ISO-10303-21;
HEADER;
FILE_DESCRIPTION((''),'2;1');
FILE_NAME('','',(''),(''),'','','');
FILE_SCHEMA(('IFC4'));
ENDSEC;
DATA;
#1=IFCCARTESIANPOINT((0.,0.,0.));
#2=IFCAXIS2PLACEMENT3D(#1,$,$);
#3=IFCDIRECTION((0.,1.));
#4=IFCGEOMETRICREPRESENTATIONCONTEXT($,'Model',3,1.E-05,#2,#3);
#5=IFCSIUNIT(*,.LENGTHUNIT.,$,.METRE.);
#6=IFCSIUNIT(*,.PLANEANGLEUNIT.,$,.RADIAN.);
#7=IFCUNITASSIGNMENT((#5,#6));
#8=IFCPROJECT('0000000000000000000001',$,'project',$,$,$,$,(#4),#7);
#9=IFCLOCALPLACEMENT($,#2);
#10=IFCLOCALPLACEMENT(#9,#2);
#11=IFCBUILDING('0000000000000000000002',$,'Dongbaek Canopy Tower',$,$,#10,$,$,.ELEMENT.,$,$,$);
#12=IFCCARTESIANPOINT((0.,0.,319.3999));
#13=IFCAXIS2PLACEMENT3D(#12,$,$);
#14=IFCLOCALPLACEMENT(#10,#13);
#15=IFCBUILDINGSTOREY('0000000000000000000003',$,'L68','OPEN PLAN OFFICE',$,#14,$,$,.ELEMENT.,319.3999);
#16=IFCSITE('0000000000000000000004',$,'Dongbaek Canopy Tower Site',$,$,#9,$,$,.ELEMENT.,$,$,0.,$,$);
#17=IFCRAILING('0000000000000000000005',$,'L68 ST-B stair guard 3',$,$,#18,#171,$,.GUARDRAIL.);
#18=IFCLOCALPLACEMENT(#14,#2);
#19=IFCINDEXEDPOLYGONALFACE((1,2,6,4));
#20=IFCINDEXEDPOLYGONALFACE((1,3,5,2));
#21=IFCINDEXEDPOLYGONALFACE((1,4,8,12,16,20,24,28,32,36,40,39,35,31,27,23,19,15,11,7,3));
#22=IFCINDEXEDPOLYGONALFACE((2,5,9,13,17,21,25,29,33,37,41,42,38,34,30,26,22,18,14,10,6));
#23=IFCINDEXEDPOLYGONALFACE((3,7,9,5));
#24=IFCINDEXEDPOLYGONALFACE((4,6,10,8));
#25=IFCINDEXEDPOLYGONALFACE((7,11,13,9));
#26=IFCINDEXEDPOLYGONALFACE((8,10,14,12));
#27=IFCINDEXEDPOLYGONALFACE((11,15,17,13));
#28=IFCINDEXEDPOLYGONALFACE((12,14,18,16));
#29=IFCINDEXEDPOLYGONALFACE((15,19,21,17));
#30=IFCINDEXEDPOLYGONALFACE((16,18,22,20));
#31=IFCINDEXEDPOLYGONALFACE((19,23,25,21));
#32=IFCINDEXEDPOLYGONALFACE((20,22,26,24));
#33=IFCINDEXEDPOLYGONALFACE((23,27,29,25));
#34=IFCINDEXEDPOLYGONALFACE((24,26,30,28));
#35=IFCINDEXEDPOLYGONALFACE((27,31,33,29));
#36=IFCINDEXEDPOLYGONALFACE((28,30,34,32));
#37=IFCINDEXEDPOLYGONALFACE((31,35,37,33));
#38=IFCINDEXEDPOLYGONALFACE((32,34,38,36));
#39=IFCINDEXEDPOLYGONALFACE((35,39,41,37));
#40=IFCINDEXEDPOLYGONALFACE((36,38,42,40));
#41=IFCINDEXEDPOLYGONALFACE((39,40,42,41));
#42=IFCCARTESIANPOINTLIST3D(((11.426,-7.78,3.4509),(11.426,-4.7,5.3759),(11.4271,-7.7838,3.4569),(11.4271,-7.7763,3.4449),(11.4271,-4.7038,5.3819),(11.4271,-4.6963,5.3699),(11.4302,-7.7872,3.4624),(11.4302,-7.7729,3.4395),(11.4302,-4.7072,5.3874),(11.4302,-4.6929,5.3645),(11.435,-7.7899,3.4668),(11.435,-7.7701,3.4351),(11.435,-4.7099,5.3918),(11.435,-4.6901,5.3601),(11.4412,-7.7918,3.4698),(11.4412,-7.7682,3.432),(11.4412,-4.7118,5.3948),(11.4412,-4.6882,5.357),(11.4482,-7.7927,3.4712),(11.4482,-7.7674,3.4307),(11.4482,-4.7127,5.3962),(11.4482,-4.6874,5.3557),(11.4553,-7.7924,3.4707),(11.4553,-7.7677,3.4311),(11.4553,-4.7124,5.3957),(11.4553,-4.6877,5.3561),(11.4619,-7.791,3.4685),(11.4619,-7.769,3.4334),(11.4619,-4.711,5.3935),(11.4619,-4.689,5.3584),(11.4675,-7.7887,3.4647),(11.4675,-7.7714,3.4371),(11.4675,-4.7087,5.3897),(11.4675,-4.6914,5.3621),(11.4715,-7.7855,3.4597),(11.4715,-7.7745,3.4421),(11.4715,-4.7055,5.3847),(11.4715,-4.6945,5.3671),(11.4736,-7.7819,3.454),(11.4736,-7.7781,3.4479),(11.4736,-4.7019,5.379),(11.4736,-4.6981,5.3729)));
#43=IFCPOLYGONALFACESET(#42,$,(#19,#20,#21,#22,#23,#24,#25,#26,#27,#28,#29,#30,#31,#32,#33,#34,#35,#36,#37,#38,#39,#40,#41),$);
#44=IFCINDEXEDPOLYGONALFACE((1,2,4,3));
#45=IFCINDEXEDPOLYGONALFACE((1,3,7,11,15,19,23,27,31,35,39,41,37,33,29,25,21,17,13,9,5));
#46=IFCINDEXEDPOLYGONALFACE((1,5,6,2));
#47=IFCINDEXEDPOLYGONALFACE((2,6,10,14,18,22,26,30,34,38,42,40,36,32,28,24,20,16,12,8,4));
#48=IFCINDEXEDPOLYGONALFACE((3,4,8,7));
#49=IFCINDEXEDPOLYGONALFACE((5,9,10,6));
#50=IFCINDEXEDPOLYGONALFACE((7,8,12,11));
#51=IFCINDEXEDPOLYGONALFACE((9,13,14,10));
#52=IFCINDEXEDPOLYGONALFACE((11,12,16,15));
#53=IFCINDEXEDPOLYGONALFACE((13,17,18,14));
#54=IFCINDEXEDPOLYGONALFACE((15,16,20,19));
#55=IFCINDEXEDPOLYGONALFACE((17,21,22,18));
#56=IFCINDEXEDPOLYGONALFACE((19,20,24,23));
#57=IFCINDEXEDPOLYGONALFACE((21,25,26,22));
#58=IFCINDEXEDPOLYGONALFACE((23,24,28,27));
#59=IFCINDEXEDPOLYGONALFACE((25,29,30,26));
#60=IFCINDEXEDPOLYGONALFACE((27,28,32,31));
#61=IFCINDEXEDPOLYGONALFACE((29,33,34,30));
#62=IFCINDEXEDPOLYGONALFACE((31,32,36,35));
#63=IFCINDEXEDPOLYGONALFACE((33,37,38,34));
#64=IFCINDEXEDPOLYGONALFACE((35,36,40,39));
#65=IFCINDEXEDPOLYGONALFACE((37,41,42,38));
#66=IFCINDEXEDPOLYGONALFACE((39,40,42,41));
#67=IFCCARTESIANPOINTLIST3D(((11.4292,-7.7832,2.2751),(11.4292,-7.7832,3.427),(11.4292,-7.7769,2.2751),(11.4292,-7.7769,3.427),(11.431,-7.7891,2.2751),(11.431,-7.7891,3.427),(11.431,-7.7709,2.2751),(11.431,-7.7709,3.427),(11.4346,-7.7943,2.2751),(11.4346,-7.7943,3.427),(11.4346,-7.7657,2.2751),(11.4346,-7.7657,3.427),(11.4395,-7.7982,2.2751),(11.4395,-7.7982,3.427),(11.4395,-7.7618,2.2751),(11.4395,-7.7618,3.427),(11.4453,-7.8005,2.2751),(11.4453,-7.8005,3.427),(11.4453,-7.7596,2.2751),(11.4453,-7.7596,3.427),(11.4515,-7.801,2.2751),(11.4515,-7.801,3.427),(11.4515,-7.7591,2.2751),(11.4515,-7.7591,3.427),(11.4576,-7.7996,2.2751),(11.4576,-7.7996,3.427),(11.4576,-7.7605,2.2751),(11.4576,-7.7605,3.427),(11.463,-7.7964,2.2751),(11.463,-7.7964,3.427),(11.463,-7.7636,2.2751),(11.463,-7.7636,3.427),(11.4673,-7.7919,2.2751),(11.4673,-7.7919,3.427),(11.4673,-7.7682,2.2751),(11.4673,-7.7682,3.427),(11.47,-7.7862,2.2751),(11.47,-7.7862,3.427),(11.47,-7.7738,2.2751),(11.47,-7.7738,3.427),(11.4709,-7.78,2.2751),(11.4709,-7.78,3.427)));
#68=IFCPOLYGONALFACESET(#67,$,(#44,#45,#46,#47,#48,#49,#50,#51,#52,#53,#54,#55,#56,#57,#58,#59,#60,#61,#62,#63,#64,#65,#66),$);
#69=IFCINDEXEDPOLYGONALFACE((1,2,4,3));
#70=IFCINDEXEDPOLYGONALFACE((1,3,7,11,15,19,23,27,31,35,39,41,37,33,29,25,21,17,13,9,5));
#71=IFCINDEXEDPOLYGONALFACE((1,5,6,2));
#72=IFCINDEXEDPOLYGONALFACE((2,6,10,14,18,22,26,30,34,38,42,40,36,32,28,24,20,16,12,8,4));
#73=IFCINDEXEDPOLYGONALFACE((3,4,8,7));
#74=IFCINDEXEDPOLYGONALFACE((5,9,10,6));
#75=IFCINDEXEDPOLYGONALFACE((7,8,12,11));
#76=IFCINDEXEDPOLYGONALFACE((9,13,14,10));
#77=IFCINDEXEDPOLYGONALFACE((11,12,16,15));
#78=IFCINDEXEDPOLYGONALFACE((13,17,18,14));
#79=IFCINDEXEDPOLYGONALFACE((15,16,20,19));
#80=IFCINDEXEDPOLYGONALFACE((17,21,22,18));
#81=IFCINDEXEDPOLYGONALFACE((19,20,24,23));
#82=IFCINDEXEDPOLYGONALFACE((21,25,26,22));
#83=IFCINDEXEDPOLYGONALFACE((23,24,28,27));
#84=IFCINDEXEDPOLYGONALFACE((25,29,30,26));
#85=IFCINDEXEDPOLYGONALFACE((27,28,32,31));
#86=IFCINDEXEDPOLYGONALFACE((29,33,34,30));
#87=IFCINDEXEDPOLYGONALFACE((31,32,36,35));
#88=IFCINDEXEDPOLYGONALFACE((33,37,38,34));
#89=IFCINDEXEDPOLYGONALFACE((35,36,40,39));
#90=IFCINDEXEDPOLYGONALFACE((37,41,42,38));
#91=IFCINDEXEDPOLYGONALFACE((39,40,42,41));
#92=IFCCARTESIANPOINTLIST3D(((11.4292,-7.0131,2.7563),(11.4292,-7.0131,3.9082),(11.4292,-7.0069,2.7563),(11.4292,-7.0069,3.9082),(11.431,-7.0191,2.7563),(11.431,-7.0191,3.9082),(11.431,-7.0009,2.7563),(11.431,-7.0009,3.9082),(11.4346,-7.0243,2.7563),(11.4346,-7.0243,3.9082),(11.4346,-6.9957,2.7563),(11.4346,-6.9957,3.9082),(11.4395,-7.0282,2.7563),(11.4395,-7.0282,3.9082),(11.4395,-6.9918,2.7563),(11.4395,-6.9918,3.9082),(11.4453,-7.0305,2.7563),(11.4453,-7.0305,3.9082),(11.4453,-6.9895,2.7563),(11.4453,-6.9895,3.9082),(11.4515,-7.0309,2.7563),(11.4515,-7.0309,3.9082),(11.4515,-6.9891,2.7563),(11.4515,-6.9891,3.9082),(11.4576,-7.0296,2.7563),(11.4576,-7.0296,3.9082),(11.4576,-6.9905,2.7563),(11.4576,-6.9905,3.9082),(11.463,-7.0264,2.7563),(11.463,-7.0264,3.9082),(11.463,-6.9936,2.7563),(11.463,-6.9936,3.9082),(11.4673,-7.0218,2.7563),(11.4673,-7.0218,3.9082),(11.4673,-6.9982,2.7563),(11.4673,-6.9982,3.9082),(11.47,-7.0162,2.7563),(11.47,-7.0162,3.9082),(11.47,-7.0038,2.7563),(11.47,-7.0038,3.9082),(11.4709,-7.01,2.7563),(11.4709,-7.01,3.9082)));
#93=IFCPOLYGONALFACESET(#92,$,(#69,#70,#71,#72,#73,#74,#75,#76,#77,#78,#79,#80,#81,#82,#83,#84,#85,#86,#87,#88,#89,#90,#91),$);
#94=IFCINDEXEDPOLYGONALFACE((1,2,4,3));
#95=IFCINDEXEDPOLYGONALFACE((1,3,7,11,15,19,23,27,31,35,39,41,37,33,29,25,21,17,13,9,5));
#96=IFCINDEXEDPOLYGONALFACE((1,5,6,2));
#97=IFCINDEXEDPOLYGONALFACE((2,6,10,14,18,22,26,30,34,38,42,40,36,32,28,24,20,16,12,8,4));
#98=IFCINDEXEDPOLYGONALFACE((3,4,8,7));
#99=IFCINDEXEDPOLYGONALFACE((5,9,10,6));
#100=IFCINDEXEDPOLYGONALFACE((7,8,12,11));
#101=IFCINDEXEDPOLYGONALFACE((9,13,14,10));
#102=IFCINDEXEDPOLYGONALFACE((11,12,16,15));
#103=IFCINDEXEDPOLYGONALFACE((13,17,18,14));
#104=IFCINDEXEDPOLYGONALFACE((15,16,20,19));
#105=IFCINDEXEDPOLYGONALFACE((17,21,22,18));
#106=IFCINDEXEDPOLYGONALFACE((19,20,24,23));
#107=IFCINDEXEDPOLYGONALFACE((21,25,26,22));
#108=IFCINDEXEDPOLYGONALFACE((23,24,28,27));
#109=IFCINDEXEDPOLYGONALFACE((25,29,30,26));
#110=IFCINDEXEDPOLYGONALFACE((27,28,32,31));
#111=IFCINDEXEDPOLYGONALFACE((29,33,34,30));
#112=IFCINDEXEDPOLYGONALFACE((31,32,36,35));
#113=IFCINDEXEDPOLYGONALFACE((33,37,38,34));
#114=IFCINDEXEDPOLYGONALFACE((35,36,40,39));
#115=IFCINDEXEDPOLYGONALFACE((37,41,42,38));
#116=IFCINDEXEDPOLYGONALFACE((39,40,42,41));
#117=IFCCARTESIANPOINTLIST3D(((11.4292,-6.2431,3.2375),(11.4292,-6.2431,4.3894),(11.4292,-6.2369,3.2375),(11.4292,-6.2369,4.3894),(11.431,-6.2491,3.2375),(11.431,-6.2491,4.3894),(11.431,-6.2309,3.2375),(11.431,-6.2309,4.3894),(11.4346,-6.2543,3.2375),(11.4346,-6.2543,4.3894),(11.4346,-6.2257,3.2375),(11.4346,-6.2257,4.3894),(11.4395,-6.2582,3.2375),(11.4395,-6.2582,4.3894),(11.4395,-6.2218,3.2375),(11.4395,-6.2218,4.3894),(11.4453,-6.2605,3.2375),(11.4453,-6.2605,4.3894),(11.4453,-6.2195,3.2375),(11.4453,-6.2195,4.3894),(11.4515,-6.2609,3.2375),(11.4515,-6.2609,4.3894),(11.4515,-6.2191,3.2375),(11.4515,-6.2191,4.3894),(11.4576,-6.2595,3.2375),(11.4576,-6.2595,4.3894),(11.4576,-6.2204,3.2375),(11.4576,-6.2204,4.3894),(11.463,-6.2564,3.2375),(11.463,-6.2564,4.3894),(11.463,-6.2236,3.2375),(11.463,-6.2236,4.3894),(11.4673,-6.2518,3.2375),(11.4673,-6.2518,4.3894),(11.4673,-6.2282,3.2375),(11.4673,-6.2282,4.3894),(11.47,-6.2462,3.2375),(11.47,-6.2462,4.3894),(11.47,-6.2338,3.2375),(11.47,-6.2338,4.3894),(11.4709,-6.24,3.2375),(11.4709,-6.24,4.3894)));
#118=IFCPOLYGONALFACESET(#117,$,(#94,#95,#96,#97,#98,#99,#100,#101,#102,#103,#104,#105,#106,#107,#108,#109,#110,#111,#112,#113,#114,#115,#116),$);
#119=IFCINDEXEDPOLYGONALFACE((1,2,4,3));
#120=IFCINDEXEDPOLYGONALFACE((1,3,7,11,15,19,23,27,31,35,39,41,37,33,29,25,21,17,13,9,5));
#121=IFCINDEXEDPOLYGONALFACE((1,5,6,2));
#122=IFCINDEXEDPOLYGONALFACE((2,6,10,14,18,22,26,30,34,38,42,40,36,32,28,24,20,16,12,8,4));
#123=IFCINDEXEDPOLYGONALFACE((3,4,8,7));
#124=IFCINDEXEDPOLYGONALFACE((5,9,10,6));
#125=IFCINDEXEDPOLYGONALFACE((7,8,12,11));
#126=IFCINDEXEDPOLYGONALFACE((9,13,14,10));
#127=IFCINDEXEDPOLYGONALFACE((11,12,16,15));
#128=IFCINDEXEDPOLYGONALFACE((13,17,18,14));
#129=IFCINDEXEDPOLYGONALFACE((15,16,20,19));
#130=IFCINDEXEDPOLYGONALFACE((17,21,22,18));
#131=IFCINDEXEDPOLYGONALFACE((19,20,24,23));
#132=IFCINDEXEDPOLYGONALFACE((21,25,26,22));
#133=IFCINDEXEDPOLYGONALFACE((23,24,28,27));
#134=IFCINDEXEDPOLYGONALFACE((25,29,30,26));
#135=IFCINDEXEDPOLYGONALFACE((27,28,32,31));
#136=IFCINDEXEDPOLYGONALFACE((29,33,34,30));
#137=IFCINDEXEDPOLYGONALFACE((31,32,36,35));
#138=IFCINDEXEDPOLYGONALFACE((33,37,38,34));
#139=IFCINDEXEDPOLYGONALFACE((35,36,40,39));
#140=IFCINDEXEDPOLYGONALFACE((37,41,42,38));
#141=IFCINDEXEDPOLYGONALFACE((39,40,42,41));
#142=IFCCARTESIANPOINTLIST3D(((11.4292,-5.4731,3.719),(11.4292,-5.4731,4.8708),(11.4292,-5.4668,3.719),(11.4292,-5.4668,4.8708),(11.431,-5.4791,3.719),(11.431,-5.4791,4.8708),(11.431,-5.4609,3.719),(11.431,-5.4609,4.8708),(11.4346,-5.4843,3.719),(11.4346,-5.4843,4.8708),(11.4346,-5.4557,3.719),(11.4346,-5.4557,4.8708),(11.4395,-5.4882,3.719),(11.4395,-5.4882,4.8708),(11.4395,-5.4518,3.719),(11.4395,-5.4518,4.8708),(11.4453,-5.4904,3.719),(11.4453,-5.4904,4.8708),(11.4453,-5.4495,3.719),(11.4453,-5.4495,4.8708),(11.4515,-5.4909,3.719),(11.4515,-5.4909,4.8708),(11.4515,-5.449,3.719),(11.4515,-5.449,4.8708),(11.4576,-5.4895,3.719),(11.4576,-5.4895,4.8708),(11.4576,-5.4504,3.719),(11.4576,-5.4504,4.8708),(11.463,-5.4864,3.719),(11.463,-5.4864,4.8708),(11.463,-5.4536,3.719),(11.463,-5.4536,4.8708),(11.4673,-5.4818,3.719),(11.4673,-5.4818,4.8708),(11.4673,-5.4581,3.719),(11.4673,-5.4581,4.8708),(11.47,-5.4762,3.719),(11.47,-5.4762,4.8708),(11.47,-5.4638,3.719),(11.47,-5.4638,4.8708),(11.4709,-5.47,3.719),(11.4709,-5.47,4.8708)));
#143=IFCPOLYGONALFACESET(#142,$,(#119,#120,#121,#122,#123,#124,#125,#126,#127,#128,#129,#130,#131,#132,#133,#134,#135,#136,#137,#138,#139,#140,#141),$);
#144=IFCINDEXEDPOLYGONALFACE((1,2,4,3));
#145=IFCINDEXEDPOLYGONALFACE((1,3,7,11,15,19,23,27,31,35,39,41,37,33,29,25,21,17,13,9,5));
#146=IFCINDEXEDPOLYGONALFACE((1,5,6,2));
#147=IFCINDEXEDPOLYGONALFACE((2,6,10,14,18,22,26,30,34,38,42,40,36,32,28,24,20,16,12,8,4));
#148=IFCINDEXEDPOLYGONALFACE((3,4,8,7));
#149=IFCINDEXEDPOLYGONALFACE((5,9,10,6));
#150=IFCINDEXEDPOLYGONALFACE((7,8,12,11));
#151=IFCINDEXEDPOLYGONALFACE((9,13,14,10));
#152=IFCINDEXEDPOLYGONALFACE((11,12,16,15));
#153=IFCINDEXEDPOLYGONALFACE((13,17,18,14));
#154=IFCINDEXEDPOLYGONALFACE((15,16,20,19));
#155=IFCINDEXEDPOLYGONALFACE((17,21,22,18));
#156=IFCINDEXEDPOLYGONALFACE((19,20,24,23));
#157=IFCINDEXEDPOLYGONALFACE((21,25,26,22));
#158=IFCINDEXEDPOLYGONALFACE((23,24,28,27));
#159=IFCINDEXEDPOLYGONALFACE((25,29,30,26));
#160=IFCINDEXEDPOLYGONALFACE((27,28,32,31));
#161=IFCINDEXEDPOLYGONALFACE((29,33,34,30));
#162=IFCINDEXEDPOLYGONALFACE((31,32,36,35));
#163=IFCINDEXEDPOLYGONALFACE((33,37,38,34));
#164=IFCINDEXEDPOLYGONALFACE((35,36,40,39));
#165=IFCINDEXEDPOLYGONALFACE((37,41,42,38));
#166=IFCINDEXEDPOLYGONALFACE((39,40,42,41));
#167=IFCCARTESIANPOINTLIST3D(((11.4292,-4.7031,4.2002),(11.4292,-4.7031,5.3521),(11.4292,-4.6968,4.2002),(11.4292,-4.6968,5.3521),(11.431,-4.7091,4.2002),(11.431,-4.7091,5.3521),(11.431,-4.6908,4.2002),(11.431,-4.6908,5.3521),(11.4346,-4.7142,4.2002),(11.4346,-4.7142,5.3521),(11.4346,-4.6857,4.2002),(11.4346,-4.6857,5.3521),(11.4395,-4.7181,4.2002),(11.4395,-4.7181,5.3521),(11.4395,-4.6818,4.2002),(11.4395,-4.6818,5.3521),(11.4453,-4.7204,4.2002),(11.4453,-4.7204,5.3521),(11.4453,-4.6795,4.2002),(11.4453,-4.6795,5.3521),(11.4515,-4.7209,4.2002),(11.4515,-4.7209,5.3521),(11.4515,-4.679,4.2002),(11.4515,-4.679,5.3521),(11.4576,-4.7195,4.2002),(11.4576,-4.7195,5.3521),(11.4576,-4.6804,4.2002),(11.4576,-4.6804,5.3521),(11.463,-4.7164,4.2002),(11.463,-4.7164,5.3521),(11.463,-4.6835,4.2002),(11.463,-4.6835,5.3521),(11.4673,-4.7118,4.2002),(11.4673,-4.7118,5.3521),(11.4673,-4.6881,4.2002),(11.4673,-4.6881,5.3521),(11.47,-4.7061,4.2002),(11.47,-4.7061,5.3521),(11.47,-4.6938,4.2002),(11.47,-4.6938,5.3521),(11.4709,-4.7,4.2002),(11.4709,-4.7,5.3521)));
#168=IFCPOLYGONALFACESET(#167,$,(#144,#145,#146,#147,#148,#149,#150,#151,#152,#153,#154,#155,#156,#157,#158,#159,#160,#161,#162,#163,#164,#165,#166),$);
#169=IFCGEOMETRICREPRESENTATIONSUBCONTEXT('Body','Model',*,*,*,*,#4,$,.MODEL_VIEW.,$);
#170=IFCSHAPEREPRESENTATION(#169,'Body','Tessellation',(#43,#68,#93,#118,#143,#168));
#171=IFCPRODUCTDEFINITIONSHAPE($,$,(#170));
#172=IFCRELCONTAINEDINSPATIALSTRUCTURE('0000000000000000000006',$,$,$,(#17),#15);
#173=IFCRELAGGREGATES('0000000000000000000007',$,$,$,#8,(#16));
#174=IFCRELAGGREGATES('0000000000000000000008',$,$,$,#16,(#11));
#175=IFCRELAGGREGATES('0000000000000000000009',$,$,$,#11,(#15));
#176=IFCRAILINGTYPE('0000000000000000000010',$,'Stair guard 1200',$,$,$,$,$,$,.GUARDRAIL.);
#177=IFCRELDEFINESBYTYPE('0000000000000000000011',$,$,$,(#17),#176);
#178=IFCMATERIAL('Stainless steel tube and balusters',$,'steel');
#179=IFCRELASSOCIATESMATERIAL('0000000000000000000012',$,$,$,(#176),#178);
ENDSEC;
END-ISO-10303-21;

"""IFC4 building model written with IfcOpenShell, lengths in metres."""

from ifc_helpers import new_model, si_unit, direction, frame, origin, origin_2d, place, context, subcontext, project, spatial, circle, extrude, material, type_object, element, save


model = new_model("IFC4")

# Units and contexts
model_context = context("Model", 3, precision=1e-05, world=origin(), true_north=direction((0.0, 1.0)))
body_context = subcontext(model_context, "Body", "Model", "MODEL_VIEW")
ifc_project = project(units=[si_unit("LENGTHUNIT", "METRE"), si_unit("PLANEANGLEUNIT", "RADIAN")], contexts=[model_context])

# Site, building, storey
site_placement = place(None, origin())
site = spatial("IfcSite", under=ifc_project, at=site_placement, Name="Dongbaek Canopy Tower Site", CompositionType="ELEMENT", RefElevation=0.0)
building_placement = place(site_placement, origin())
building = spatial("IfcBuilding", under=site, at=building_placement, Name="Dongbaek Canopy Tower", CompositionType="ELEMENT")
storey_placement = place(building_placement, frame((0.0, 0.0, 319.3999)))
storey = spatial("IfcBuildingStorey", under=building, at=storey_placement, Name="L68", Description="OPEN PLAN OFFICE", CompositionType="ELEMENT", Elevation=319.3999)

# Railing
ifc_material_1 = material(Name="Stainless steel tube and balusters", Category="steel")
railing_type_1 = type_object("IfcRailingType", Name="Stair guard 1200", PredefinedType="GUARDRAIL", material=ifc_material_1)
railing_1_placement = place(storey_placement, frame((11.45, -7.78, 2.2751)))
element("IfcRailing", 1, at=railing_1_placement, inside=storey, type_object=railing_type_1, Name="L68 ST-B stair guard 3", PredefinedType="GUARDRAIL", context=body_context, shape_type="SweptSolid", body=[
    extrude(circle(Radius=0.0239, at=origin_2d()), frame((0.0, 0.0, 1.1758), z_axis=(0.0, 0.847998, 0.529999), x_axis=(-1.0, 0.0, 0.0)), (0.0, 0.0, 1.0), 3.6321),
    extrude(circle(Radius=0.021, at=origin_2d()), origin(), (0.0, 0.0, 1.0), 1.1519),
    extrude(circle(Radius=0.021, at=origin_2d()), frame((0.0, 0.77, 0.4812)), (0.0, 0.0, 1.0), 1.1519),
    extrude(circle(Radius=0.021, at=origin_2d()), frame((0.0, 1.54, 0.9624)), (0.0, 0.0, 1.0), 1.1519),
    extrude(circle(Radius=0.021, at=origin_2d()), frame((0.0, 2.3101, 1.4438)), (0.0, 0.0, 1.0), 1.1519),
    extrude(circle(Radius=0.021, at=origin_2d()), frame((0.0, 3.0801, 1.925)), (0.0, 0.0, 1.0), 1.1519),
])

save(model, "model.ifc")
